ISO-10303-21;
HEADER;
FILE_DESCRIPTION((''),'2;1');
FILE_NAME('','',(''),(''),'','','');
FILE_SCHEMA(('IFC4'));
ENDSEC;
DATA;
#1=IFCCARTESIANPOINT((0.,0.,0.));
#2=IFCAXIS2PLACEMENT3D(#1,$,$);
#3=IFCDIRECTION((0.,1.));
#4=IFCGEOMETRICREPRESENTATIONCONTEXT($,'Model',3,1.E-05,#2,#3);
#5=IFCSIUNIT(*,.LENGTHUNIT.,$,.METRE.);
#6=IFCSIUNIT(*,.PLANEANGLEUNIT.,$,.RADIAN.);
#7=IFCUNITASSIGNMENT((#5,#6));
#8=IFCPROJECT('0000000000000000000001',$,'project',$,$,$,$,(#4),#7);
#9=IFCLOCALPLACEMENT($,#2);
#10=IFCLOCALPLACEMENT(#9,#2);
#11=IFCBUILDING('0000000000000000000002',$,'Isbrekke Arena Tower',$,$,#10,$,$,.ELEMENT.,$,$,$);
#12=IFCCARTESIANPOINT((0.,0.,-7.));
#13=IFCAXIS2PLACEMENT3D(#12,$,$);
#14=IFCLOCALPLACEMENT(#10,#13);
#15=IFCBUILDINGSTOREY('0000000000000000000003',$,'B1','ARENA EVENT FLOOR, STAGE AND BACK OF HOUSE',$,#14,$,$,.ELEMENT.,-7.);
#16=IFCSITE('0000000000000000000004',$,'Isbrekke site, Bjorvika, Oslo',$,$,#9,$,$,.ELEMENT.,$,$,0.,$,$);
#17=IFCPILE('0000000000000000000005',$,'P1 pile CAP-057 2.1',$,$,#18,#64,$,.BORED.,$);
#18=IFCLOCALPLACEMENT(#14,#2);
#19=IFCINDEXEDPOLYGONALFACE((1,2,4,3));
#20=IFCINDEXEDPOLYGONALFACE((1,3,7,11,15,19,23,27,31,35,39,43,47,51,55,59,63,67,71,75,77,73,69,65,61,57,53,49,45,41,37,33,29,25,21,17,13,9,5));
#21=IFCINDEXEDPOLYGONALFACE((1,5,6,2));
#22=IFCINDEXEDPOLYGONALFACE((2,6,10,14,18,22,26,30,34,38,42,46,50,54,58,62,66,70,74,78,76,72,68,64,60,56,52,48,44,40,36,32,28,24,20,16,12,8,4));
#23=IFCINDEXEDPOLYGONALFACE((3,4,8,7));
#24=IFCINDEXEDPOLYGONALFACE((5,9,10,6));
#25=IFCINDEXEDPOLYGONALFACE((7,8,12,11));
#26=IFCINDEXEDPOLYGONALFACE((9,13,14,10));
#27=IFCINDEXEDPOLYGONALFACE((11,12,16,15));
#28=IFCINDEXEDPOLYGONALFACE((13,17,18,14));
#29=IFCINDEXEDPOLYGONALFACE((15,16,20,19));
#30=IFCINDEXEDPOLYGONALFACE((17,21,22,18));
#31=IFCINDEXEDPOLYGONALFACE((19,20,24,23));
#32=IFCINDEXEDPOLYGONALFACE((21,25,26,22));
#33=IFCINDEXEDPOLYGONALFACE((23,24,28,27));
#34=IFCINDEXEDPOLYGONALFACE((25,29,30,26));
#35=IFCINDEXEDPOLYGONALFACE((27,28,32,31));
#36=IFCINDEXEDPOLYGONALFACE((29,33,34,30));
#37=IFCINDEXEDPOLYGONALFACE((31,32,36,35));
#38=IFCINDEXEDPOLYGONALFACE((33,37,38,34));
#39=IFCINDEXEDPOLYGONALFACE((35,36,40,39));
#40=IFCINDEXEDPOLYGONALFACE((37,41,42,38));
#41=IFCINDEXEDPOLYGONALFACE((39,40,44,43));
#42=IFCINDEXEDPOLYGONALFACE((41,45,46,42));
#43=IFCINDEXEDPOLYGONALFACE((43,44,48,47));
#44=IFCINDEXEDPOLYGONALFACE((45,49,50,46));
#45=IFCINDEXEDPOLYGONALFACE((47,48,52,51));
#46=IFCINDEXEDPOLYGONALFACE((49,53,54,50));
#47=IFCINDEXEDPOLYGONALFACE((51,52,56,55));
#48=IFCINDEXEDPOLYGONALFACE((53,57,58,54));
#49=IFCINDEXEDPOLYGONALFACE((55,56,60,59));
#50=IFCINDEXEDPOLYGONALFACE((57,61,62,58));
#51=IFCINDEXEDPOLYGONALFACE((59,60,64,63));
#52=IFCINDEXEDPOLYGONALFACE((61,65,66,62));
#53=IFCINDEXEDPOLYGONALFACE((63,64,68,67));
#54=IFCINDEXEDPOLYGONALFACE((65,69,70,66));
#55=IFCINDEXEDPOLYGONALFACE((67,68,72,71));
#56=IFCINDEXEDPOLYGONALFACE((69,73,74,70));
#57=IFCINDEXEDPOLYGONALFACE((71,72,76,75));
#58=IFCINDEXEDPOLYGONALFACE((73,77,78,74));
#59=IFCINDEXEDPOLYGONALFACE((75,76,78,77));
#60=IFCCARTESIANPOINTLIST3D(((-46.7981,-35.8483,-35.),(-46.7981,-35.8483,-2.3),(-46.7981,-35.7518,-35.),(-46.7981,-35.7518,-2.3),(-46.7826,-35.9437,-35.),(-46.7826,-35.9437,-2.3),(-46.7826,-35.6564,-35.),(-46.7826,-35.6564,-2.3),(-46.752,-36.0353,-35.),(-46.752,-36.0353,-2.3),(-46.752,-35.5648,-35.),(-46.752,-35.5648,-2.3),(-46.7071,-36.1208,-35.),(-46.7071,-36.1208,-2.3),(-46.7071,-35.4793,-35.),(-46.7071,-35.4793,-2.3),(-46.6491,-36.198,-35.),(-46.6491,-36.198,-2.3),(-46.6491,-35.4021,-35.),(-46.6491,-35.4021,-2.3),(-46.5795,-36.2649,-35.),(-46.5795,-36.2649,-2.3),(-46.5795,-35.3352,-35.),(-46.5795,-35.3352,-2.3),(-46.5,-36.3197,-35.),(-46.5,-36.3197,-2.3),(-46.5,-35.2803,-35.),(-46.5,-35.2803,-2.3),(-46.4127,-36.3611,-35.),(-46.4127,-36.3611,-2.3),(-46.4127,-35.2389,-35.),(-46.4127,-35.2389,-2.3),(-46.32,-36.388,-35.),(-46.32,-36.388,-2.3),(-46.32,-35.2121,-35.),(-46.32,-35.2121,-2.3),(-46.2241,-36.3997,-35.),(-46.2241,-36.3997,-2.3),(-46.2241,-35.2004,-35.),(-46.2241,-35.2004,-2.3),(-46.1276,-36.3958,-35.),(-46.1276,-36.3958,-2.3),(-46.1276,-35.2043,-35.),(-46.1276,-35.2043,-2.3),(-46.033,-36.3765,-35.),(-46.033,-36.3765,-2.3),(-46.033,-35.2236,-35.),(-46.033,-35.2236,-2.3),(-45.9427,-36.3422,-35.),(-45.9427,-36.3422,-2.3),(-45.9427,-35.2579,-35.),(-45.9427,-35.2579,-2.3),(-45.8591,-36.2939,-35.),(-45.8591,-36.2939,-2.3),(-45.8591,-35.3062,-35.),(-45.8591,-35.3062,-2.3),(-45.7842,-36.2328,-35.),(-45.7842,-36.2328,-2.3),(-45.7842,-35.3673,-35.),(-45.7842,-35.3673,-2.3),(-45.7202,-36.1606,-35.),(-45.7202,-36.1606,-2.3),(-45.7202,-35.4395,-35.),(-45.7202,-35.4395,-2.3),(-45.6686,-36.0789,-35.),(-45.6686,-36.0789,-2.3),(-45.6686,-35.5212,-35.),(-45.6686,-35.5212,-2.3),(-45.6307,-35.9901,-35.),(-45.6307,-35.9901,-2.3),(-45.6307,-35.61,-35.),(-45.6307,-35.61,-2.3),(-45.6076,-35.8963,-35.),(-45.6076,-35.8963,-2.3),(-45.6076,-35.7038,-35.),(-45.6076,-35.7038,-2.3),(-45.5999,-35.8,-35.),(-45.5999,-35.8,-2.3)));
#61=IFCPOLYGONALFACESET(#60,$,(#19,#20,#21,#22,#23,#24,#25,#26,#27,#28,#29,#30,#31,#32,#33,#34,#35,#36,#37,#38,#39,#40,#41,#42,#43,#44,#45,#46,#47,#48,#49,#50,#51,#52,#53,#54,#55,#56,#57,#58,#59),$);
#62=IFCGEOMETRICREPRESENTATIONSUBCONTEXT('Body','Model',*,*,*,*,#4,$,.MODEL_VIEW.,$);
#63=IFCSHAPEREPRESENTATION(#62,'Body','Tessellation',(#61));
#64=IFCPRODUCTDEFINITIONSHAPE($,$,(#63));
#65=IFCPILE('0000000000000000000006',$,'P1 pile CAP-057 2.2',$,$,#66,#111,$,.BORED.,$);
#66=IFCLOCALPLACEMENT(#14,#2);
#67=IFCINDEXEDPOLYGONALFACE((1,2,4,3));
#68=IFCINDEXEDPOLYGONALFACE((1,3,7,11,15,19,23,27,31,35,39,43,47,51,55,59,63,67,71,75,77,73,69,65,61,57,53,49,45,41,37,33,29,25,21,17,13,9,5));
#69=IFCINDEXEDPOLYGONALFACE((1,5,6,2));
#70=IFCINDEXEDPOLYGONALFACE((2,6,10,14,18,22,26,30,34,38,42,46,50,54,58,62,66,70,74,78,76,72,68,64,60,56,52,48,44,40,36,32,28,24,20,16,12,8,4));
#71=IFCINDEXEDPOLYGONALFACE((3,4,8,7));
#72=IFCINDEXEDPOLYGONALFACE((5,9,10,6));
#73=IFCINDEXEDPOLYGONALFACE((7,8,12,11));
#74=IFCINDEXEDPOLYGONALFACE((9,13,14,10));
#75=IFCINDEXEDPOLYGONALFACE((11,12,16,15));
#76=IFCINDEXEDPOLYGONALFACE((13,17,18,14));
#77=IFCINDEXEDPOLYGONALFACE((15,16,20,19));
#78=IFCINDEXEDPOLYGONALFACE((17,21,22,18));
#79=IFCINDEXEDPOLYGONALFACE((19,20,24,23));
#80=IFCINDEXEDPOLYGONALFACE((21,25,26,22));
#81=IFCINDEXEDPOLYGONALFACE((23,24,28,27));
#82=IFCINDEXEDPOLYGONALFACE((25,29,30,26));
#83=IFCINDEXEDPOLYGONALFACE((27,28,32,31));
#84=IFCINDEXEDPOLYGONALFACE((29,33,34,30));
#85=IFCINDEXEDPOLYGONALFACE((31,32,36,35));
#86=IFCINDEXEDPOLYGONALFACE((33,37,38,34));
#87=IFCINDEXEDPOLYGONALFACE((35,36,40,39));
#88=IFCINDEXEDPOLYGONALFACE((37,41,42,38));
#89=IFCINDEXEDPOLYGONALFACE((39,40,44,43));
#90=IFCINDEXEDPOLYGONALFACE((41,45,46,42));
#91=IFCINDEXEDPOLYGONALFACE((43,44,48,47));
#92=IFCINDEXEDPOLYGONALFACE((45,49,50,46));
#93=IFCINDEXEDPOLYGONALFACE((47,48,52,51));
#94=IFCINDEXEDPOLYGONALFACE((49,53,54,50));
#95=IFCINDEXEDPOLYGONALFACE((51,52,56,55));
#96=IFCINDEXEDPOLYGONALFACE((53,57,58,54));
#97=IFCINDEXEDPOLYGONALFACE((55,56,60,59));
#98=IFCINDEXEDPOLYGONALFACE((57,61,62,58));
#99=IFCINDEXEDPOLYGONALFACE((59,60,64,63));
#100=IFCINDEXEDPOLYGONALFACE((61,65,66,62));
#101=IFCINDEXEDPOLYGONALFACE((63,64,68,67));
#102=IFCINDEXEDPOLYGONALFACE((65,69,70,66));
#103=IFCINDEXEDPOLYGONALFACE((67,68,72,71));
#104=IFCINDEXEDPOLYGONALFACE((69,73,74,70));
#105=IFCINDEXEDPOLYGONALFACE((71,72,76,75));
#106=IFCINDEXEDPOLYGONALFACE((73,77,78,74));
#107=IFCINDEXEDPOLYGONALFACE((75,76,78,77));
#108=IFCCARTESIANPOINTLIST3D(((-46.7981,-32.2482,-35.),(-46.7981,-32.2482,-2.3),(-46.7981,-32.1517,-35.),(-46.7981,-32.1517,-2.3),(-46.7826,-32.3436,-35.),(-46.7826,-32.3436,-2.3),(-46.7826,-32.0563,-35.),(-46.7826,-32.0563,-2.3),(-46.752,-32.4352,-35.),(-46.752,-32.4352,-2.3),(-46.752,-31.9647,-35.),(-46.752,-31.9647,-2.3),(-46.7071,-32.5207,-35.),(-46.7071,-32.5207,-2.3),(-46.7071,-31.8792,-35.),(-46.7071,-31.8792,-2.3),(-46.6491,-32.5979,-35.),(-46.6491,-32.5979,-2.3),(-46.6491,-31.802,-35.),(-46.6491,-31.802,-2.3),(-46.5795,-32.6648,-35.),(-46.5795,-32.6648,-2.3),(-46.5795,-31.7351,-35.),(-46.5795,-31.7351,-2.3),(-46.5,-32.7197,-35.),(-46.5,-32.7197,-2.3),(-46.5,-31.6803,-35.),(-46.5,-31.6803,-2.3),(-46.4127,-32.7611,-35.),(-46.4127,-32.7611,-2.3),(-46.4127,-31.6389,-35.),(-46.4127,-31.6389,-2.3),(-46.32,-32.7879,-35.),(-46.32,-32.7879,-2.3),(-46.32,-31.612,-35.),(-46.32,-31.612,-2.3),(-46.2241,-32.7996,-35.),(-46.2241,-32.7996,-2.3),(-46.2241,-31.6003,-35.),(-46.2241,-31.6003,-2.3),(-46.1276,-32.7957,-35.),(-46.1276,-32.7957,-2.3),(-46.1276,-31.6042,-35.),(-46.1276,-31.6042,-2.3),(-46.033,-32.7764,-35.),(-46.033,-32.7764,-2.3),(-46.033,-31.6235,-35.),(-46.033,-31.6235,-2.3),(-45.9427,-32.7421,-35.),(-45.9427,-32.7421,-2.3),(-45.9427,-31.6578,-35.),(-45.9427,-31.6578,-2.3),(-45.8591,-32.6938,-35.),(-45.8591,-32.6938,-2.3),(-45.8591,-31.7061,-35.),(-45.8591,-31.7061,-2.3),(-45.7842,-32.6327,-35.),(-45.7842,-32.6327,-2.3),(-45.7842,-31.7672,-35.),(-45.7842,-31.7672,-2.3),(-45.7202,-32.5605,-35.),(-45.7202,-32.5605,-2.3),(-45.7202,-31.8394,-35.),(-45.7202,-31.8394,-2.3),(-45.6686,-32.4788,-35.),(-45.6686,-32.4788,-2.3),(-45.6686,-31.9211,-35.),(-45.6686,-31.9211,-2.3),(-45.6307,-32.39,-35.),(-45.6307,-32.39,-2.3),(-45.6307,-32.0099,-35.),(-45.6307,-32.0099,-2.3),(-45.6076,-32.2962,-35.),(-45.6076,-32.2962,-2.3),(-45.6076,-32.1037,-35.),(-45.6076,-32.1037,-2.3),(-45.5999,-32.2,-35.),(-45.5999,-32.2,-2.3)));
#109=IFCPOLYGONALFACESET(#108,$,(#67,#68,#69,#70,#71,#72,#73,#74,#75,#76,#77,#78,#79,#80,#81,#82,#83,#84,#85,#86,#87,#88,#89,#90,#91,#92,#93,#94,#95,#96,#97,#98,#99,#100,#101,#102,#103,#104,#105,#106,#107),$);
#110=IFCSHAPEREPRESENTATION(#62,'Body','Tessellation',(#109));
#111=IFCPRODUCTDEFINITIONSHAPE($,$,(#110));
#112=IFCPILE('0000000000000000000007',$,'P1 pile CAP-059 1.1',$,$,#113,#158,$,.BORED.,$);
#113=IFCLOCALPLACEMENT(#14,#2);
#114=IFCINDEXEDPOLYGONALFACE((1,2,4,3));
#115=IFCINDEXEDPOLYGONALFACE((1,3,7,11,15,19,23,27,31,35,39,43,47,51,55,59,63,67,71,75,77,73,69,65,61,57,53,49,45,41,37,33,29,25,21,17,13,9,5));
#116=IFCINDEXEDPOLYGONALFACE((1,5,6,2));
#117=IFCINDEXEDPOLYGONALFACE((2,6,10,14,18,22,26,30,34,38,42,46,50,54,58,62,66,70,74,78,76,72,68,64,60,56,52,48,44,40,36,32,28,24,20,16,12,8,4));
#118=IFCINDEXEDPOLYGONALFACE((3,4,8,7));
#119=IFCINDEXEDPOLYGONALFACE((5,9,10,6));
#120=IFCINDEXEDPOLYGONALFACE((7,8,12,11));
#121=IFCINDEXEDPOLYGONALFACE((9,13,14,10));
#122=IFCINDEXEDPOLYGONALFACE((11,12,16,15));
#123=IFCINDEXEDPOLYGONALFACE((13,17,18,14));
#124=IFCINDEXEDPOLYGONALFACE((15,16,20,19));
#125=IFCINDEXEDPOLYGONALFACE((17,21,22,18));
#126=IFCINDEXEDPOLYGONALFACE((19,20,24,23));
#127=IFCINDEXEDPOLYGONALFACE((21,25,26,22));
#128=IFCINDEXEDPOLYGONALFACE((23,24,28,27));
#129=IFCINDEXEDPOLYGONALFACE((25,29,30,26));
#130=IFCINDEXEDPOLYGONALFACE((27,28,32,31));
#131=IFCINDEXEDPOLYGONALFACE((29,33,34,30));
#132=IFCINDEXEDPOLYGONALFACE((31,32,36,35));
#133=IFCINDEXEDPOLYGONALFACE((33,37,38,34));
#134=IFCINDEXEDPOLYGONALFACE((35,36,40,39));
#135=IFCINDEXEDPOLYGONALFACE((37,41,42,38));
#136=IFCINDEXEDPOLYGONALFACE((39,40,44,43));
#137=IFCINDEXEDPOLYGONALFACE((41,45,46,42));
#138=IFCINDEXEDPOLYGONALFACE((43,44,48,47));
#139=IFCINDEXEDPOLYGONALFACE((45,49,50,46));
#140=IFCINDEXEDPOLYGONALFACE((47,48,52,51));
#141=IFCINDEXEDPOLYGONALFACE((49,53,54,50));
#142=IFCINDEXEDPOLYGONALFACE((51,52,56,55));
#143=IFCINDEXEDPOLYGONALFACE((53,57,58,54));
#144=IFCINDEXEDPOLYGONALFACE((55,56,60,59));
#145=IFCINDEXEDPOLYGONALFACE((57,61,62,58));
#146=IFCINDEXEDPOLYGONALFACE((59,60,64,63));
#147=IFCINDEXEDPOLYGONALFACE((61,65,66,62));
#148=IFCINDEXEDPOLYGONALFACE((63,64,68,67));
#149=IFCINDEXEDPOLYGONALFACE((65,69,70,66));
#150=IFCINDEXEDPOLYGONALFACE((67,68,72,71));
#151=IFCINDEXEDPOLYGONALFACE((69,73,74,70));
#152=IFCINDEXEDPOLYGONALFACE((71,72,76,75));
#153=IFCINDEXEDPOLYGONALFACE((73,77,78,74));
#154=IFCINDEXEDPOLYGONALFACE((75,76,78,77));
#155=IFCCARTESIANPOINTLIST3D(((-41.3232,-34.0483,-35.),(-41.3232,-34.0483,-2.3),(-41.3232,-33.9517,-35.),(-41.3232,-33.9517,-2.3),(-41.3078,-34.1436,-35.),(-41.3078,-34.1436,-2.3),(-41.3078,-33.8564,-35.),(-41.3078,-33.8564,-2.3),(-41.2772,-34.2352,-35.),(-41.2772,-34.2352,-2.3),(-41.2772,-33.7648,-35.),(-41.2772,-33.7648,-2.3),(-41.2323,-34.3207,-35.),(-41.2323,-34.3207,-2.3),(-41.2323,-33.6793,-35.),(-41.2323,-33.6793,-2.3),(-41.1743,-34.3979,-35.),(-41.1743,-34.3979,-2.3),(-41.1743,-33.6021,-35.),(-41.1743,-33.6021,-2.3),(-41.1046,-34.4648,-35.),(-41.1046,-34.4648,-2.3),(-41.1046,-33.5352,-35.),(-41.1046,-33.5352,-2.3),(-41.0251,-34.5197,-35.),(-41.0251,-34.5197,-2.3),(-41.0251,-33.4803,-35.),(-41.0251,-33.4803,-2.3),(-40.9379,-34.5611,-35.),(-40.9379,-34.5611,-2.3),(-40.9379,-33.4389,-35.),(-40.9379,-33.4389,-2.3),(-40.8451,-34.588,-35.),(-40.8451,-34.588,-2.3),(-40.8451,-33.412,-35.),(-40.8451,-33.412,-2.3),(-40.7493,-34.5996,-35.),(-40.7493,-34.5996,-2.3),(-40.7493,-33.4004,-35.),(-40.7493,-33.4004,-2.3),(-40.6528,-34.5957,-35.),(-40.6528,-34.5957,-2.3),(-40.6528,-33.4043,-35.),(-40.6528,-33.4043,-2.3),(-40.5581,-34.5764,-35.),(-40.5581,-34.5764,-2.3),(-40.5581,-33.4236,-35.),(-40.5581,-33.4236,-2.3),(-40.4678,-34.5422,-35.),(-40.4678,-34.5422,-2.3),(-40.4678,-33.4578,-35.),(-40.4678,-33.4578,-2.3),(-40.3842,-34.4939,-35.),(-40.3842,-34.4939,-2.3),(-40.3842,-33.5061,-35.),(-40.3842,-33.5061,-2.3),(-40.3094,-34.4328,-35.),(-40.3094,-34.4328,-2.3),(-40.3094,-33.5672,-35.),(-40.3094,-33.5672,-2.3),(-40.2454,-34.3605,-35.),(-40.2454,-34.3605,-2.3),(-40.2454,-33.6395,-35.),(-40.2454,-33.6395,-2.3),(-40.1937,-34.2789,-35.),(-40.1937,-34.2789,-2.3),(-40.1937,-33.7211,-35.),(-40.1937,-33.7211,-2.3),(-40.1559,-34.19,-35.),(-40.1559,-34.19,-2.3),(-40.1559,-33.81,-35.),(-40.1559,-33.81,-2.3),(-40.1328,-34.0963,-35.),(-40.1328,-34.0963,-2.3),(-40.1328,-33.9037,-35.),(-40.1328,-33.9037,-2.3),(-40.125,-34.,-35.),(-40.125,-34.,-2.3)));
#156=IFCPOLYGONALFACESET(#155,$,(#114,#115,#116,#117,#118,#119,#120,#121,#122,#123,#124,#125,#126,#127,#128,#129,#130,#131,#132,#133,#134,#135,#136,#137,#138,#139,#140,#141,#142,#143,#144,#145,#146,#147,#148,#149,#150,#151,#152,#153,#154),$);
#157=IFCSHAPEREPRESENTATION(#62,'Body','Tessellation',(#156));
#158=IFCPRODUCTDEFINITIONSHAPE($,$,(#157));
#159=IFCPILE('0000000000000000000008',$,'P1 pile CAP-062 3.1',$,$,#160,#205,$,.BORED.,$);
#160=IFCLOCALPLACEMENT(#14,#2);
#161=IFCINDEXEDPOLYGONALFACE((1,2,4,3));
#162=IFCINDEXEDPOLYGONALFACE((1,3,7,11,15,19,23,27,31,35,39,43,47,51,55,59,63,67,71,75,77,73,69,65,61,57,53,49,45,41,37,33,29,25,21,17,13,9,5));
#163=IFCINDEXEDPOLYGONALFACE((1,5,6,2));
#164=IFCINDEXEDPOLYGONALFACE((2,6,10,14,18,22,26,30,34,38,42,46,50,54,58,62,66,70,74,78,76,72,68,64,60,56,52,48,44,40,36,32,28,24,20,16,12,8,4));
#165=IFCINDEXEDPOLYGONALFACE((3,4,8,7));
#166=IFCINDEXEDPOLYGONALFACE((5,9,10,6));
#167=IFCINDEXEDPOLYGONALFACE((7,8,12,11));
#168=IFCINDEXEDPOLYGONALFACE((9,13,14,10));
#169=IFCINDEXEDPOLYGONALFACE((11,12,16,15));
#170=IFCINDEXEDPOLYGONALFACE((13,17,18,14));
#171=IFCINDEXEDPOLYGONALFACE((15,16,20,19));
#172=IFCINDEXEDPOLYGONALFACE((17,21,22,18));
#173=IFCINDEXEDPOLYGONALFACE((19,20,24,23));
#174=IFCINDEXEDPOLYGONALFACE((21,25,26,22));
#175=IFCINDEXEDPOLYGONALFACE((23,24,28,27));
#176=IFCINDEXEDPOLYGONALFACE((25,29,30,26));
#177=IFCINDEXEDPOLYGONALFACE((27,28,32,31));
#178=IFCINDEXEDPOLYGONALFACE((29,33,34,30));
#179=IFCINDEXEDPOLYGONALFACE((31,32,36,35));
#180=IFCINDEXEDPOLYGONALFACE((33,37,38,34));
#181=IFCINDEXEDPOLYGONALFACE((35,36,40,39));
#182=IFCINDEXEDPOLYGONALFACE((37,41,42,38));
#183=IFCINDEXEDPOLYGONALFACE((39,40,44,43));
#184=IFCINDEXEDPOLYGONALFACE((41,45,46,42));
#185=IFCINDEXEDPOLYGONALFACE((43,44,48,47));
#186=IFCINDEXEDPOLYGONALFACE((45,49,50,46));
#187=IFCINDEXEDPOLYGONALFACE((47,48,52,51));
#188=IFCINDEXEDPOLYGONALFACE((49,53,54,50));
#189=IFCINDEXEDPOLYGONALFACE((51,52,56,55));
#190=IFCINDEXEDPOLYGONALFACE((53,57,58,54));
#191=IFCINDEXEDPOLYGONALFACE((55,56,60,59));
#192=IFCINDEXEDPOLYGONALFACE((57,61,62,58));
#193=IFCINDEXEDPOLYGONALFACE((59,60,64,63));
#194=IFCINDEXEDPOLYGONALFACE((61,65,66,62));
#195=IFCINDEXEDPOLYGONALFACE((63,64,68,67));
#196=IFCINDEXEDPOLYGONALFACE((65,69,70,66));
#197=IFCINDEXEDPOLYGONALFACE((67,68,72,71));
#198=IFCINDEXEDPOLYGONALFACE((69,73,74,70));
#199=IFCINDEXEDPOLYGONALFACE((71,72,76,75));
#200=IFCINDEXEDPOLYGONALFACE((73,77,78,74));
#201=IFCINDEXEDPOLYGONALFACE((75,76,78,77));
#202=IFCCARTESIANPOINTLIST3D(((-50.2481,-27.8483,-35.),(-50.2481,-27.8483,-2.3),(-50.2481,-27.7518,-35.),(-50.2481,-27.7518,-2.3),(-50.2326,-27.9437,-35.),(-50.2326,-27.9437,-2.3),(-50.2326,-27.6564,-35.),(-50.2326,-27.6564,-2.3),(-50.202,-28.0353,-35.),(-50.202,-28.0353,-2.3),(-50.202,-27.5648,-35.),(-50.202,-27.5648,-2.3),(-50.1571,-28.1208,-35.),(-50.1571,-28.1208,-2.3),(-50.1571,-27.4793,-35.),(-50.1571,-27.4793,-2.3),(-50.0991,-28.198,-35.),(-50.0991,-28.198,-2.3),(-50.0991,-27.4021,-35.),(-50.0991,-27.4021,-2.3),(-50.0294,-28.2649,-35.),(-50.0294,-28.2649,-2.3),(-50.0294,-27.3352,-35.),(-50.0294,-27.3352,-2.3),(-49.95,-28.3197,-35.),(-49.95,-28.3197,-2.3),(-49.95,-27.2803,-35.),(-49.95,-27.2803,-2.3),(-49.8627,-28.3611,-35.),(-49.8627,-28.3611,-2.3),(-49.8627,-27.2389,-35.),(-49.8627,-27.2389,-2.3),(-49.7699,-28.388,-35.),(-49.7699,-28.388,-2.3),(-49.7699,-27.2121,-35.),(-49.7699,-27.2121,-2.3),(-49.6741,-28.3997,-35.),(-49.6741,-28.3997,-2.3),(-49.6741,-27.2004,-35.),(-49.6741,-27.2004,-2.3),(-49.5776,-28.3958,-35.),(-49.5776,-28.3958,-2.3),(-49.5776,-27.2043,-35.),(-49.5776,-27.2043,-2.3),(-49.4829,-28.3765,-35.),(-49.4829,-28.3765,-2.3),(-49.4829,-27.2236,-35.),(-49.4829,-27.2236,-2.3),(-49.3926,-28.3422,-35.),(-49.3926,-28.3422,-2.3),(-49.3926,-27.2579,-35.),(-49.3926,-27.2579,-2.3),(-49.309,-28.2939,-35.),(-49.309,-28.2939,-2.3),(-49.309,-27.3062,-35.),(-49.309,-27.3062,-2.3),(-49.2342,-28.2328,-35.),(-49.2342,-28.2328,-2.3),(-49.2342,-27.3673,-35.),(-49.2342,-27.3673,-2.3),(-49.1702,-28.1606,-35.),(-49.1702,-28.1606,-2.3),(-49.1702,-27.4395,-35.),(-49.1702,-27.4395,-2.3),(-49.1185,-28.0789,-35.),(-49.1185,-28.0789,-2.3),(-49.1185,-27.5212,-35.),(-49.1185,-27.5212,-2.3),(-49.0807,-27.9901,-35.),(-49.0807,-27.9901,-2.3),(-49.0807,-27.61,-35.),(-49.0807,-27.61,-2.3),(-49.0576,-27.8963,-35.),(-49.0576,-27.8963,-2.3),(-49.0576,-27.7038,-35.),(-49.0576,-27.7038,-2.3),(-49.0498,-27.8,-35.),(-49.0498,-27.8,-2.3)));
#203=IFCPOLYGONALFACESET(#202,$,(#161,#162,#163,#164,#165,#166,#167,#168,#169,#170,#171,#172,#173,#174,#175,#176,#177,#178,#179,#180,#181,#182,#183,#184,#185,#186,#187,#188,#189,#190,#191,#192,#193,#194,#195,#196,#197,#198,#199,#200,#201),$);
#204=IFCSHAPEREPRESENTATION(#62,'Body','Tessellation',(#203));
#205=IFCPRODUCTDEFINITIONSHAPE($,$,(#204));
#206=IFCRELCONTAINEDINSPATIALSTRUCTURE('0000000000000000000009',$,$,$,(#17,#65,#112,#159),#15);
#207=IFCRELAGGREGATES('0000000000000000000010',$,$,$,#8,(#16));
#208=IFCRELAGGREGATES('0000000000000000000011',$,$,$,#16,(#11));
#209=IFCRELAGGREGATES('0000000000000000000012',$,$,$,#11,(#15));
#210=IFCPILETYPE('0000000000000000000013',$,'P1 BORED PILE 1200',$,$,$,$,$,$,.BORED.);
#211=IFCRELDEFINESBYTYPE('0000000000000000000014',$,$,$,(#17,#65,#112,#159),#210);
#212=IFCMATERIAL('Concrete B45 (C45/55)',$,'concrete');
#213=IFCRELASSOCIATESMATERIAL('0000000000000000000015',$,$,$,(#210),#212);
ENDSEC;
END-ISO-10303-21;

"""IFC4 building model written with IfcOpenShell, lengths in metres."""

from ifc_helpers import new_model, si_unit, direction, frame, origin, origin_2d, place, context, subcontext, project, spatial, circle, extrude, material, material_profile, profile_set, type_object, element, save


model = new_model("IFC4")

# Units and contexts
model_context = context("Model", 3, precision=1e-05, world=origin(), true_north=direction((0.0, 1.0)))
body_context = subcontext(model_context, "Body", "Model", "MODEL_VIEW")
ifc_project = project(units=[si_unit("LENGTHUNIT", "METRE"), si_unit("PLANEANGLEUNIT", "RADIAN")], contexts=[model_context])

# Site, building, storey
site_placement = place(None, origin())
site = spatial("IfcSite", under=ifc_project, at=site_placement, Name="Isbrekke site, Bjorvika, Oslo", CompositionType="ELEMENT", RefElevation=0.0)
building_placement = place(site_placement, origin())
building = spatial("IfcBuilding", under=site, at=building_placement, Name="Isbrekke Arena Tower", CompositionType="ELEMENT")
storey_placement = place(building_placement, frame((0.0, 0.0, -7.0)))
storey = spatial("IfcBuildingStorey", under=building, at=storey_placement, Name="B1", Description="ARENA EVENT FLOOR, STAGE AND BACK OF HOUSE", CompositionType="ELEMENT", Elevation=-7.0)

# Piles
ifc_material_1 = material(Name="Concrete B45 (C45/55)", Category="concrete")
ifc_material_profile_1 = material_profile(ifc_material_1, circle(Radius=0.6001, at=origin_2d()), Name="BORED PILE D1200")
ifc_profile_set_1 = profile_set([ifc_material_profile_1], Name="Concrete B45 (C45/55)")
pile_type = type_object("IfcPileType", Name="P1 BORED PILE 1200", PredefinedType="BORED", material=ifc_profile_set_1)
for number, where, z_axis, x_axis, name in (
    (1, (-46.2, -35.8, -2.3), (0.0, 0.0, -1.0), (1.0, 0.0, 0.0), "P1 pile CAP-057 2.1"),
    (2, (-46.2, -32.2, -2.3), (0.0, 0.0, -1.0), (1.0, 0.0, 0.0), "P1 pile CAP-057 2.2"),
    (3, (-40.7251, -34.0, -2.3), (0.0, 0.0, -1.0), (1.0, 0.0, 0.0), "P1 pile CAP-059 1.1"),
    (4, (-49.6499, -27.8, -2.3), (0.0, 0.0, -1.0), (1.0, 0.0, 0.0), "P1 pile CAP-062 3.1"),
):
    element("IfcPile", number, at=place(storey_placement, frame(where, z_axis=z_axis, x_axis=x_axis)), inside=storey, type_object=pile_type, Name=name, PredefinedType="BORED", context=body_context, shape_type="SweptSolid", body=[
        extrude(circle(Radius=0.6001, at=origin_2d()), origin(), (0.0, 0.0, 1.0), 32.7),
    ])

save(model, "model.ifc")
